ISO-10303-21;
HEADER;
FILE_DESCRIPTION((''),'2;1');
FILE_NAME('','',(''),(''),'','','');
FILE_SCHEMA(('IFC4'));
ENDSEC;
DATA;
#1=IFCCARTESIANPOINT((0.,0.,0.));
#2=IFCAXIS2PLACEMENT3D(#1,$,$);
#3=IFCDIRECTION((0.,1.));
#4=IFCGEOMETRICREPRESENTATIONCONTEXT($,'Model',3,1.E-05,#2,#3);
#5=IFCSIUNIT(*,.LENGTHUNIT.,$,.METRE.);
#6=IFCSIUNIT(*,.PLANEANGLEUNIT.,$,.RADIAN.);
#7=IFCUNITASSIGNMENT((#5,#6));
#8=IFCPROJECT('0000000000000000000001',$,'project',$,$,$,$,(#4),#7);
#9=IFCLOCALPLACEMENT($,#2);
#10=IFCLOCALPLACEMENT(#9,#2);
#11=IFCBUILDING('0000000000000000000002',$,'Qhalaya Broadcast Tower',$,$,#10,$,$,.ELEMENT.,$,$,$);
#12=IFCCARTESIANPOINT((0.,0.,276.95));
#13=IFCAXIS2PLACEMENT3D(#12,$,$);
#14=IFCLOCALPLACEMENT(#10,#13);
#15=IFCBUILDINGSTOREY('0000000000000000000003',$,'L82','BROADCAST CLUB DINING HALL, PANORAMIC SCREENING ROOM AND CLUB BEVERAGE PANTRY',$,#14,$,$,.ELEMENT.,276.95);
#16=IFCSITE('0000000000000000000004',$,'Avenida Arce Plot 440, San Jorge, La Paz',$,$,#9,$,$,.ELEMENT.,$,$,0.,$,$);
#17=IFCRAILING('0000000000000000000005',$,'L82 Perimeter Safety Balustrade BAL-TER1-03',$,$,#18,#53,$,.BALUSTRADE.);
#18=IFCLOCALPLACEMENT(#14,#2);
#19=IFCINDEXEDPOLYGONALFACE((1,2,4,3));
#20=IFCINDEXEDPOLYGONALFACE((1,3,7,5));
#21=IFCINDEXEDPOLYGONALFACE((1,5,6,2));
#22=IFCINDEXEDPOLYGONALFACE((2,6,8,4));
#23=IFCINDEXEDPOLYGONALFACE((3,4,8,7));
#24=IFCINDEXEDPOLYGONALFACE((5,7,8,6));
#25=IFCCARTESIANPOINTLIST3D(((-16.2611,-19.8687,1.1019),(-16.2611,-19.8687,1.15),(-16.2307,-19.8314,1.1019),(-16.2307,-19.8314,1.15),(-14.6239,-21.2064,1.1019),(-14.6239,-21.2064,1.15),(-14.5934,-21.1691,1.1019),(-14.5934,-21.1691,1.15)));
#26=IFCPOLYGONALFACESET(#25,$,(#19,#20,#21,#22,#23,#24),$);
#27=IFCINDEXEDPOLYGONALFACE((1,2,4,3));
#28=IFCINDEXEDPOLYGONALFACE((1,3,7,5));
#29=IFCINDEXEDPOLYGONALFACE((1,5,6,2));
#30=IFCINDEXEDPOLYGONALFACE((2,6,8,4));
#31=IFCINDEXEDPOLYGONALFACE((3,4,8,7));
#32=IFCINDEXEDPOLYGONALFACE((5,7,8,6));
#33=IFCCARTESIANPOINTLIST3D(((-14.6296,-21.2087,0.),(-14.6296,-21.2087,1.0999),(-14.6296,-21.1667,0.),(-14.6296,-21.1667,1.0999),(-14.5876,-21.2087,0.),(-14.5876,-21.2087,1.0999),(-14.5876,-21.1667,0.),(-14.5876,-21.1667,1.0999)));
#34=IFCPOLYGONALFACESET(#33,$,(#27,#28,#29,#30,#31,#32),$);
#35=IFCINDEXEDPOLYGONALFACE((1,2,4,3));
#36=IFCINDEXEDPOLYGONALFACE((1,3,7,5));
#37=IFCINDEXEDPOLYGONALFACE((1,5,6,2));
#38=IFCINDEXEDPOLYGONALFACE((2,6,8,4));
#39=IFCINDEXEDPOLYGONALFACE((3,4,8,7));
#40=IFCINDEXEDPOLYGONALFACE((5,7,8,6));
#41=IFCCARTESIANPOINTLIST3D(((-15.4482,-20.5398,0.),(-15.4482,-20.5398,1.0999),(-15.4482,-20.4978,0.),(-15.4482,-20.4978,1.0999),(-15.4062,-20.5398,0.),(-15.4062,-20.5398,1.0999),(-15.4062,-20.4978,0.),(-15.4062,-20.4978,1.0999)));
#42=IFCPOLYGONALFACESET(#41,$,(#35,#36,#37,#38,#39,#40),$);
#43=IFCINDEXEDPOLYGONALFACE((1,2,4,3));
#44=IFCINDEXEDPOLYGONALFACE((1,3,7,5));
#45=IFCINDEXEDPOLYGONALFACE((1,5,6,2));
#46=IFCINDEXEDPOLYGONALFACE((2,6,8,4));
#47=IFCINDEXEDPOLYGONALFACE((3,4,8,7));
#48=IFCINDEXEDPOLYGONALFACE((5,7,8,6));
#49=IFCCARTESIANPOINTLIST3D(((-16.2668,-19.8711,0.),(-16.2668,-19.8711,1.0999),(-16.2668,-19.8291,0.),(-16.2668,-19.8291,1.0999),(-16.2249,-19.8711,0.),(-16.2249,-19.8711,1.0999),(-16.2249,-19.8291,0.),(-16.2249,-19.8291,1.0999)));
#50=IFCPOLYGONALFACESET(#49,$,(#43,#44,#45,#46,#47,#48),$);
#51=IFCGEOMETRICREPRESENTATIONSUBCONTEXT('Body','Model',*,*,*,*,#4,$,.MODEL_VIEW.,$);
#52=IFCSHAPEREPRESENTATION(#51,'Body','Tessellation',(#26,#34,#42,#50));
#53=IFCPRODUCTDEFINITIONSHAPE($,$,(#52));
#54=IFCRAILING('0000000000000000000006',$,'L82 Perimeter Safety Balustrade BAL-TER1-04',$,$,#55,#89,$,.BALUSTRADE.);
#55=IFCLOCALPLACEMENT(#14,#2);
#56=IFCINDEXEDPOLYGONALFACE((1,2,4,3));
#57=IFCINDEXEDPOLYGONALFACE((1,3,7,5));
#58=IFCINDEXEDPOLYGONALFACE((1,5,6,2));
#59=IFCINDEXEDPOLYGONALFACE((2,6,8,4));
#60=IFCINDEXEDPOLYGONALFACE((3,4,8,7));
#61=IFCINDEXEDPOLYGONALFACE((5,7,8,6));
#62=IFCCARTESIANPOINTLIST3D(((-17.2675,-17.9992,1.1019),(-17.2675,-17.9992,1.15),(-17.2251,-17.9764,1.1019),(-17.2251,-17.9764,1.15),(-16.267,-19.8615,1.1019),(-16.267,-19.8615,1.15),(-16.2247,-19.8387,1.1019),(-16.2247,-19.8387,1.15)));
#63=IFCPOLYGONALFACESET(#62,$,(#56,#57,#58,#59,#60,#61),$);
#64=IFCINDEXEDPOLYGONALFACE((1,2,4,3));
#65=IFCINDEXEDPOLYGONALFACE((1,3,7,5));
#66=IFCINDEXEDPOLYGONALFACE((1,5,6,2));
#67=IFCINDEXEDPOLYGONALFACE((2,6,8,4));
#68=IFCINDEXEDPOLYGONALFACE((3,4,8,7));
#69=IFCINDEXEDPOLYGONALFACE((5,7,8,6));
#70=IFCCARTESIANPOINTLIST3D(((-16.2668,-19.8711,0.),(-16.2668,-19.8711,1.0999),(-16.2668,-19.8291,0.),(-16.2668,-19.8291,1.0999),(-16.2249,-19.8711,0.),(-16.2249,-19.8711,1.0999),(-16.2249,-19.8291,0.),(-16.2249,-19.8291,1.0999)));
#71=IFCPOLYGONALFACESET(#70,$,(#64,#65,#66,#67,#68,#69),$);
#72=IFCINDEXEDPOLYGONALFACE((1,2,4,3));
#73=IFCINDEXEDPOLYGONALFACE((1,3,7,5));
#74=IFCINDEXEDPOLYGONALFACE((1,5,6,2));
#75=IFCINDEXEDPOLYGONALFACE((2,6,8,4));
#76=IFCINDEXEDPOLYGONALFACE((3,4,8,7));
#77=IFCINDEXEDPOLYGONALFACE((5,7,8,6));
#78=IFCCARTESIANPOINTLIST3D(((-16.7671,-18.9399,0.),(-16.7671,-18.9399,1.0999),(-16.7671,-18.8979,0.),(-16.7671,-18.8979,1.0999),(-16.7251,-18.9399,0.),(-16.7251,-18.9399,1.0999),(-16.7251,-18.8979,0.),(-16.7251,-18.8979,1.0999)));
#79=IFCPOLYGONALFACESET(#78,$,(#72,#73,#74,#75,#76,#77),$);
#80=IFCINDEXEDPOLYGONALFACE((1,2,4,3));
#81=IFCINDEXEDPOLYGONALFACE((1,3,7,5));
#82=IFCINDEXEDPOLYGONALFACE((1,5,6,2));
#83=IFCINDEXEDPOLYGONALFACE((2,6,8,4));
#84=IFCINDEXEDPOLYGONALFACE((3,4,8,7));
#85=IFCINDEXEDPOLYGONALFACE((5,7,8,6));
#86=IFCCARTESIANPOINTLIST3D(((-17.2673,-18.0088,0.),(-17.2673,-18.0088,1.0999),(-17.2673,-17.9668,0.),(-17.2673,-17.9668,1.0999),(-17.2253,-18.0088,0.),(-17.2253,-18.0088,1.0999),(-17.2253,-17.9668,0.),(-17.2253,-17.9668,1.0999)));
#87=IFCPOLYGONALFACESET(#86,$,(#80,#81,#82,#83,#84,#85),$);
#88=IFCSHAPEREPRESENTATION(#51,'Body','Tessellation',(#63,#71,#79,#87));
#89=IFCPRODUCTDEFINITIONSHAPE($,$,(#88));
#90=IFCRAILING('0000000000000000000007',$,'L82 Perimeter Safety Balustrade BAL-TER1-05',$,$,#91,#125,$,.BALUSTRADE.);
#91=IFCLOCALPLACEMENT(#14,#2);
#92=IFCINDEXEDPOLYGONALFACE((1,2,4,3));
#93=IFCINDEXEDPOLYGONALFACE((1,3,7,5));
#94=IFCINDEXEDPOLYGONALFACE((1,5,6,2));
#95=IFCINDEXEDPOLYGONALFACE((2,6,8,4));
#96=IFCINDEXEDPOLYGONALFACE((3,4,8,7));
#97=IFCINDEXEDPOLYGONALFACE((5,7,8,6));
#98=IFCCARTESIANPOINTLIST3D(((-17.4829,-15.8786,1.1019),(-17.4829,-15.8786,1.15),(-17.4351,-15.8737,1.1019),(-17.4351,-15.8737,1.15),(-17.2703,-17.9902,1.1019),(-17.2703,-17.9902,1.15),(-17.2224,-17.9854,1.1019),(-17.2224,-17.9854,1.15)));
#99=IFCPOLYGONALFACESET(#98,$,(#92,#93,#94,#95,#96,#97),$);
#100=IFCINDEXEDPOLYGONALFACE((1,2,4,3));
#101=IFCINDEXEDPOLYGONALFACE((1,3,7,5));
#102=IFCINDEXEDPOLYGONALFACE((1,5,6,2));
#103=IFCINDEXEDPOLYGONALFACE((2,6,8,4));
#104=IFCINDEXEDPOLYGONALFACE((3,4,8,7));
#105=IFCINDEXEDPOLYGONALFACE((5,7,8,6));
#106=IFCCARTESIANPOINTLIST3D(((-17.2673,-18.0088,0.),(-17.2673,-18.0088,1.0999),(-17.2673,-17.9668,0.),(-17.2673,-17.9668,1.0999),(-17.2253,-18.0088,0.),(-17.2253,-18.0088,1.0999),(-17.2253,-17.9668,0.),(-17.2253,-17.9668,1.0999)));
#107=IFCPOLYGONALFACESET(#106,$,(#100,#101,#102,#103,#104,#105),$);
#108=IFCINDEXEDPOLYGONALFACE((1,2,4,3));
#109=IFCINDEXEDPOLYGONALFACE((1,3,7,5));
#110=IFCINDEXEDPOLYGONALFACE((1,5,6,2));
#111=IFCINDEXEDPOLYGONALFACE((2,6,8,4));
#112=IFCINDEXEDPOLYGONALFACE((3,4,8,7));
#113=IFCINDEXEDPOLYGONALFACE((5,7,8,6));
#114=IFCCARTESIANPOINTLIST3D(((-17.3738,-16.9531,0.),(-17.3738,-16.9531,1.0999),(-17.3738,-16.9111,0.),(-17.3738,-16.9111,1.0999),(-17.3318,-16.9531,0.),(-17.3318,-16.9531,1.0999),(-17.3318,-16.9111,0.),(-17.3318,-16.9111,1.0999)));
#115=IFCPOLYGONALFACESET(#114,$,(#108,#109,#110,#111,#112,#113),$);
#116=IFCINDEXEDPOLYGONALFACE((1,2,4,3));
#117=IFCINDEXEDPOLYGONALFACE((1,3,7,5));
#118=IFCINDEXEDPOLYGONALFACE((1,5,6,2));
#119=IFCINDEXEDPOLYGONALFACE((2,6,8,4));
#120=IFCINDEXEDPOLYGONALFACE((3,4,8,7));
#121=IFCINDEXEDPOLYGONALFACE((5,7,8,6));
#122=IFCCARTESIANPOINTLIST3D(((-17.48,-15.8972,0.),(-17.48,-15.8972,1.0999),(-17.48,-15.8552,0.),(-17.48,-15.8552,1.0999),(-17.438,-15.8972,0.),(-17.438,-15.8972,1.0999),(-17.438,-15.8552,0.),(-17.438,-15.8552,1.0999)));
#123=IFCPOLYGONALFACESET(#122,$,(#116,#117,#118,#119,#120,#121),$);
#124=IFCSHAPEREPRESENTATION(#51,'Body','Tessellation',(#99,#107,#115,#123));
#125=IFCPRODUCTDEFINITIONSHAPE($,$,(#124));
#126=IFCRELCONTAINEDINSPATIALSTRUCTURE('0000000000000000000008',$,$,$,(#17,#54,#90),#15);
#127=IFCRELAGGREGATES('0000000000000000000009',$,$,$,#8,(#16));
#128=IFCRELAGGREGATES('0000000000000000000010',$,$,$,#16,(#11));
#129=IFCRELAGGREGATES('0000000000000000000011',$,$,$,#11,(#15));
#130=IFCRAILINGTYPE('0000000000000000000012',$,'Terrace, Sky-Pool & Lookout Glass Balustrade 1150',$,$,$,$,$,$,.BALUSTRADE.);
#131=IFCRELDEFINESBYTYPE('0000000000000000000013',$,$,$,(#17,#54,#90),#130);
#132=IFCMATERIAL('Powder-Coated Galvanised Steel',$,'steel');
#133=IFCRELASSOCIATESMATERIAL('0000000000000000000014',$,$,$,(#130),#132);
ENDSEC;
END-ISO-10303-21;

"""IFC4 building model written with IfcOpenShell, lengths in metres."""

from ifc_helpers import new_model, si_unit, direction, frame, origin, origin_2d, place, context, subcontext, project, spatial, rectangle, extrude, material, type_object, element, save


model = new_model("IFC4")

# Units and contexts
model_context = context("Model", 3, precision=1e-05, world=origin(), true_north=direction((0.0, 1.0)))
body_context = subcontext(model_context, "Body", "Model", "MODEL_VIEW")
ifc_project = project(units=[si_unit("LENGTHUNIT", "METRE"), si_unit("PLANEANGLEUNIT", "RADIAN")], contexts=[model_context])

# Site, building, storey
site_placement = place(None, origin())
site = spatial("IfcSite", under=ifc_project, at=site_placement, Name="Avenida Arce Plot 440, San Jorge, La Paz", CompositionType="ELEMENT", RefElevation=0.0)
building_placement = place(site_placement, origin())
building = spatial("IfcBuilding", under=site, at=building_placement, Name="Qhalaya Broadcast Tower", CompositionType="ELEMENT")
storey_placement = place(building_placement, frame((0.0, 0.0, 276.95)))
storey = spatial("IfcBuildingStorey", under=building, at=storey_placement, Name="L82", Description="BROADCAST CLUB DINING HALL, PANORAMIC SCREENING ROOM AND CLUB BEVERAGE PANTRY", CompositionType="ELEMENT", Elevation=276.95)

# Railings
ifc_material_1 = material(Name="Powder-Coated Galvanised Steel", Category="steel")
railing_type = type_object("IfcRailingType", Name="Terrace, Sky-Pool & Lookout Glass Balustrade 1150", PredefinedType="BALUSTRADE", material=ifc_material_1)
railing_1_placement = place(storey_placement, frame((-14.6086, -21.1877, 0.0)))
element("IfcRailing", 1, at=railing_1_placement, inside=storey, type_object=railing_type, Name="L82 Perimeter Safety Balustrade BAL-TER1-03", PredefinedType="BALUSTRADE", context=body_context, shape_type="SweptSolid", body=[
    extrude(rectangle(XDim=0.0481, YDim=0.0481, at=origin_2d()), frame((0.0, 0.0, 1.126), z_axis=(-0.774394, 0.632703, 0.0), x_axis=(-0.632703, -0.774394, 0.0)), (0.0, 0.0, 1.0), 2.1143),
    extrude(rectangle(XDim=0.042, YDim=0.042, at=origin_2d()), origin(), (0.0, 0.0, 1.0), 1.0999),
    extrude(rectangle(XDim=0.042, YDim=0.042, at=origin_2d()), frame((-0.8186, 0.6689, 0.0)), (0.0, 0.0, 1.0), 1.0999),
    extrude(rectangle(XDim=0.042, YDim=0.042, at=origin_2d()), frame((-1.6372, 1.3376, 0.0)), (0.0, 0.0, 1.0), 1.0999),
])
railing_2_placement = place(storey_placement, frame((-16.2458, -19.8501, 0.0)))
element("IfcRailing", 2, at=railing_2_placement, inside=storey, type_object=railing_type, Name="L82 Perimeter Safety Balustrade BAL-TER1-04", PredefinedType="BALUSTRADE", context=body_context, shape_type="SweptSolid", body=[
    extrude(rectangle(XDim=0.0481, YDim=0.0481, at=origin_2d()), frame((0.0, 0.0, 1.126), z_axis=(-0.473259, 0.880923, 0.0), x_axis=(-0.880923, -0.473259, 0.0)), (0.0, 0.0, 1.0), 2.114),
    extrude(rectangle(XDim=0.042, YDim=0.042, at=origin_2d()), origin(), (0.0, 0.0, 1.0), 1.0999),
    extrude(rectangle(XDim=0.042, YDim=0.042, at=origin_2d()), frame((-0.5002, 0.9312, 0.0)), (0.0, 0.0, 1.0), 1.0999),
    extrude(rectangle(XDim=0.042, YDim=0.042, at=origin_2d()), frame((-1.0005, 1.8623, 0.0)), (0.0, 0.0, 1.0), 1.0999),
])
railing_3_placement = place(storey_placement, frame((-17.2463, -17.9878, 0.0)))
element("IfcRailing", 3, at=railing_3_placement, inside=storey, type_object=railing_type, Name="L82 Perimeter Safety Balustrade BAL-TER1-05", PredefinedType="BALUSTRADE", context=body_context, shape_type="SweptSolid", body=[
    extrude(rectangle(XDim=0.0481, YDim=0.0481, at=origin_2d()), frame((0.0, 0.0, 1.126), z_axis=(-0.100198, 0.994967, 0.0), x_axis=(-0.994967, -0.100198, 0.0)), (0.0, 0.0, 1.0), 2.1223),
    extrude(rectangle(XDim=0.042, YDim=0.042, at=origin_2d()), origin(), (0.0, 0.0, 1.0), 1.0999),
    extrude(rectangle(XDim=0.042, YDim=0.042, at=origin_2d()), frame((-0.1064, 1.0557, 0.0)), (0.0, 0.0, 1.0), 1.0999),
    extrude(rectangle(XDim=0.042, YDim=0.042, at=origin_2d()), frame((-0.2126, 2.1116, 0.0)), (0.0, 0.0, 1.0), 1.0999),
])

save(model, "model.ifc")
